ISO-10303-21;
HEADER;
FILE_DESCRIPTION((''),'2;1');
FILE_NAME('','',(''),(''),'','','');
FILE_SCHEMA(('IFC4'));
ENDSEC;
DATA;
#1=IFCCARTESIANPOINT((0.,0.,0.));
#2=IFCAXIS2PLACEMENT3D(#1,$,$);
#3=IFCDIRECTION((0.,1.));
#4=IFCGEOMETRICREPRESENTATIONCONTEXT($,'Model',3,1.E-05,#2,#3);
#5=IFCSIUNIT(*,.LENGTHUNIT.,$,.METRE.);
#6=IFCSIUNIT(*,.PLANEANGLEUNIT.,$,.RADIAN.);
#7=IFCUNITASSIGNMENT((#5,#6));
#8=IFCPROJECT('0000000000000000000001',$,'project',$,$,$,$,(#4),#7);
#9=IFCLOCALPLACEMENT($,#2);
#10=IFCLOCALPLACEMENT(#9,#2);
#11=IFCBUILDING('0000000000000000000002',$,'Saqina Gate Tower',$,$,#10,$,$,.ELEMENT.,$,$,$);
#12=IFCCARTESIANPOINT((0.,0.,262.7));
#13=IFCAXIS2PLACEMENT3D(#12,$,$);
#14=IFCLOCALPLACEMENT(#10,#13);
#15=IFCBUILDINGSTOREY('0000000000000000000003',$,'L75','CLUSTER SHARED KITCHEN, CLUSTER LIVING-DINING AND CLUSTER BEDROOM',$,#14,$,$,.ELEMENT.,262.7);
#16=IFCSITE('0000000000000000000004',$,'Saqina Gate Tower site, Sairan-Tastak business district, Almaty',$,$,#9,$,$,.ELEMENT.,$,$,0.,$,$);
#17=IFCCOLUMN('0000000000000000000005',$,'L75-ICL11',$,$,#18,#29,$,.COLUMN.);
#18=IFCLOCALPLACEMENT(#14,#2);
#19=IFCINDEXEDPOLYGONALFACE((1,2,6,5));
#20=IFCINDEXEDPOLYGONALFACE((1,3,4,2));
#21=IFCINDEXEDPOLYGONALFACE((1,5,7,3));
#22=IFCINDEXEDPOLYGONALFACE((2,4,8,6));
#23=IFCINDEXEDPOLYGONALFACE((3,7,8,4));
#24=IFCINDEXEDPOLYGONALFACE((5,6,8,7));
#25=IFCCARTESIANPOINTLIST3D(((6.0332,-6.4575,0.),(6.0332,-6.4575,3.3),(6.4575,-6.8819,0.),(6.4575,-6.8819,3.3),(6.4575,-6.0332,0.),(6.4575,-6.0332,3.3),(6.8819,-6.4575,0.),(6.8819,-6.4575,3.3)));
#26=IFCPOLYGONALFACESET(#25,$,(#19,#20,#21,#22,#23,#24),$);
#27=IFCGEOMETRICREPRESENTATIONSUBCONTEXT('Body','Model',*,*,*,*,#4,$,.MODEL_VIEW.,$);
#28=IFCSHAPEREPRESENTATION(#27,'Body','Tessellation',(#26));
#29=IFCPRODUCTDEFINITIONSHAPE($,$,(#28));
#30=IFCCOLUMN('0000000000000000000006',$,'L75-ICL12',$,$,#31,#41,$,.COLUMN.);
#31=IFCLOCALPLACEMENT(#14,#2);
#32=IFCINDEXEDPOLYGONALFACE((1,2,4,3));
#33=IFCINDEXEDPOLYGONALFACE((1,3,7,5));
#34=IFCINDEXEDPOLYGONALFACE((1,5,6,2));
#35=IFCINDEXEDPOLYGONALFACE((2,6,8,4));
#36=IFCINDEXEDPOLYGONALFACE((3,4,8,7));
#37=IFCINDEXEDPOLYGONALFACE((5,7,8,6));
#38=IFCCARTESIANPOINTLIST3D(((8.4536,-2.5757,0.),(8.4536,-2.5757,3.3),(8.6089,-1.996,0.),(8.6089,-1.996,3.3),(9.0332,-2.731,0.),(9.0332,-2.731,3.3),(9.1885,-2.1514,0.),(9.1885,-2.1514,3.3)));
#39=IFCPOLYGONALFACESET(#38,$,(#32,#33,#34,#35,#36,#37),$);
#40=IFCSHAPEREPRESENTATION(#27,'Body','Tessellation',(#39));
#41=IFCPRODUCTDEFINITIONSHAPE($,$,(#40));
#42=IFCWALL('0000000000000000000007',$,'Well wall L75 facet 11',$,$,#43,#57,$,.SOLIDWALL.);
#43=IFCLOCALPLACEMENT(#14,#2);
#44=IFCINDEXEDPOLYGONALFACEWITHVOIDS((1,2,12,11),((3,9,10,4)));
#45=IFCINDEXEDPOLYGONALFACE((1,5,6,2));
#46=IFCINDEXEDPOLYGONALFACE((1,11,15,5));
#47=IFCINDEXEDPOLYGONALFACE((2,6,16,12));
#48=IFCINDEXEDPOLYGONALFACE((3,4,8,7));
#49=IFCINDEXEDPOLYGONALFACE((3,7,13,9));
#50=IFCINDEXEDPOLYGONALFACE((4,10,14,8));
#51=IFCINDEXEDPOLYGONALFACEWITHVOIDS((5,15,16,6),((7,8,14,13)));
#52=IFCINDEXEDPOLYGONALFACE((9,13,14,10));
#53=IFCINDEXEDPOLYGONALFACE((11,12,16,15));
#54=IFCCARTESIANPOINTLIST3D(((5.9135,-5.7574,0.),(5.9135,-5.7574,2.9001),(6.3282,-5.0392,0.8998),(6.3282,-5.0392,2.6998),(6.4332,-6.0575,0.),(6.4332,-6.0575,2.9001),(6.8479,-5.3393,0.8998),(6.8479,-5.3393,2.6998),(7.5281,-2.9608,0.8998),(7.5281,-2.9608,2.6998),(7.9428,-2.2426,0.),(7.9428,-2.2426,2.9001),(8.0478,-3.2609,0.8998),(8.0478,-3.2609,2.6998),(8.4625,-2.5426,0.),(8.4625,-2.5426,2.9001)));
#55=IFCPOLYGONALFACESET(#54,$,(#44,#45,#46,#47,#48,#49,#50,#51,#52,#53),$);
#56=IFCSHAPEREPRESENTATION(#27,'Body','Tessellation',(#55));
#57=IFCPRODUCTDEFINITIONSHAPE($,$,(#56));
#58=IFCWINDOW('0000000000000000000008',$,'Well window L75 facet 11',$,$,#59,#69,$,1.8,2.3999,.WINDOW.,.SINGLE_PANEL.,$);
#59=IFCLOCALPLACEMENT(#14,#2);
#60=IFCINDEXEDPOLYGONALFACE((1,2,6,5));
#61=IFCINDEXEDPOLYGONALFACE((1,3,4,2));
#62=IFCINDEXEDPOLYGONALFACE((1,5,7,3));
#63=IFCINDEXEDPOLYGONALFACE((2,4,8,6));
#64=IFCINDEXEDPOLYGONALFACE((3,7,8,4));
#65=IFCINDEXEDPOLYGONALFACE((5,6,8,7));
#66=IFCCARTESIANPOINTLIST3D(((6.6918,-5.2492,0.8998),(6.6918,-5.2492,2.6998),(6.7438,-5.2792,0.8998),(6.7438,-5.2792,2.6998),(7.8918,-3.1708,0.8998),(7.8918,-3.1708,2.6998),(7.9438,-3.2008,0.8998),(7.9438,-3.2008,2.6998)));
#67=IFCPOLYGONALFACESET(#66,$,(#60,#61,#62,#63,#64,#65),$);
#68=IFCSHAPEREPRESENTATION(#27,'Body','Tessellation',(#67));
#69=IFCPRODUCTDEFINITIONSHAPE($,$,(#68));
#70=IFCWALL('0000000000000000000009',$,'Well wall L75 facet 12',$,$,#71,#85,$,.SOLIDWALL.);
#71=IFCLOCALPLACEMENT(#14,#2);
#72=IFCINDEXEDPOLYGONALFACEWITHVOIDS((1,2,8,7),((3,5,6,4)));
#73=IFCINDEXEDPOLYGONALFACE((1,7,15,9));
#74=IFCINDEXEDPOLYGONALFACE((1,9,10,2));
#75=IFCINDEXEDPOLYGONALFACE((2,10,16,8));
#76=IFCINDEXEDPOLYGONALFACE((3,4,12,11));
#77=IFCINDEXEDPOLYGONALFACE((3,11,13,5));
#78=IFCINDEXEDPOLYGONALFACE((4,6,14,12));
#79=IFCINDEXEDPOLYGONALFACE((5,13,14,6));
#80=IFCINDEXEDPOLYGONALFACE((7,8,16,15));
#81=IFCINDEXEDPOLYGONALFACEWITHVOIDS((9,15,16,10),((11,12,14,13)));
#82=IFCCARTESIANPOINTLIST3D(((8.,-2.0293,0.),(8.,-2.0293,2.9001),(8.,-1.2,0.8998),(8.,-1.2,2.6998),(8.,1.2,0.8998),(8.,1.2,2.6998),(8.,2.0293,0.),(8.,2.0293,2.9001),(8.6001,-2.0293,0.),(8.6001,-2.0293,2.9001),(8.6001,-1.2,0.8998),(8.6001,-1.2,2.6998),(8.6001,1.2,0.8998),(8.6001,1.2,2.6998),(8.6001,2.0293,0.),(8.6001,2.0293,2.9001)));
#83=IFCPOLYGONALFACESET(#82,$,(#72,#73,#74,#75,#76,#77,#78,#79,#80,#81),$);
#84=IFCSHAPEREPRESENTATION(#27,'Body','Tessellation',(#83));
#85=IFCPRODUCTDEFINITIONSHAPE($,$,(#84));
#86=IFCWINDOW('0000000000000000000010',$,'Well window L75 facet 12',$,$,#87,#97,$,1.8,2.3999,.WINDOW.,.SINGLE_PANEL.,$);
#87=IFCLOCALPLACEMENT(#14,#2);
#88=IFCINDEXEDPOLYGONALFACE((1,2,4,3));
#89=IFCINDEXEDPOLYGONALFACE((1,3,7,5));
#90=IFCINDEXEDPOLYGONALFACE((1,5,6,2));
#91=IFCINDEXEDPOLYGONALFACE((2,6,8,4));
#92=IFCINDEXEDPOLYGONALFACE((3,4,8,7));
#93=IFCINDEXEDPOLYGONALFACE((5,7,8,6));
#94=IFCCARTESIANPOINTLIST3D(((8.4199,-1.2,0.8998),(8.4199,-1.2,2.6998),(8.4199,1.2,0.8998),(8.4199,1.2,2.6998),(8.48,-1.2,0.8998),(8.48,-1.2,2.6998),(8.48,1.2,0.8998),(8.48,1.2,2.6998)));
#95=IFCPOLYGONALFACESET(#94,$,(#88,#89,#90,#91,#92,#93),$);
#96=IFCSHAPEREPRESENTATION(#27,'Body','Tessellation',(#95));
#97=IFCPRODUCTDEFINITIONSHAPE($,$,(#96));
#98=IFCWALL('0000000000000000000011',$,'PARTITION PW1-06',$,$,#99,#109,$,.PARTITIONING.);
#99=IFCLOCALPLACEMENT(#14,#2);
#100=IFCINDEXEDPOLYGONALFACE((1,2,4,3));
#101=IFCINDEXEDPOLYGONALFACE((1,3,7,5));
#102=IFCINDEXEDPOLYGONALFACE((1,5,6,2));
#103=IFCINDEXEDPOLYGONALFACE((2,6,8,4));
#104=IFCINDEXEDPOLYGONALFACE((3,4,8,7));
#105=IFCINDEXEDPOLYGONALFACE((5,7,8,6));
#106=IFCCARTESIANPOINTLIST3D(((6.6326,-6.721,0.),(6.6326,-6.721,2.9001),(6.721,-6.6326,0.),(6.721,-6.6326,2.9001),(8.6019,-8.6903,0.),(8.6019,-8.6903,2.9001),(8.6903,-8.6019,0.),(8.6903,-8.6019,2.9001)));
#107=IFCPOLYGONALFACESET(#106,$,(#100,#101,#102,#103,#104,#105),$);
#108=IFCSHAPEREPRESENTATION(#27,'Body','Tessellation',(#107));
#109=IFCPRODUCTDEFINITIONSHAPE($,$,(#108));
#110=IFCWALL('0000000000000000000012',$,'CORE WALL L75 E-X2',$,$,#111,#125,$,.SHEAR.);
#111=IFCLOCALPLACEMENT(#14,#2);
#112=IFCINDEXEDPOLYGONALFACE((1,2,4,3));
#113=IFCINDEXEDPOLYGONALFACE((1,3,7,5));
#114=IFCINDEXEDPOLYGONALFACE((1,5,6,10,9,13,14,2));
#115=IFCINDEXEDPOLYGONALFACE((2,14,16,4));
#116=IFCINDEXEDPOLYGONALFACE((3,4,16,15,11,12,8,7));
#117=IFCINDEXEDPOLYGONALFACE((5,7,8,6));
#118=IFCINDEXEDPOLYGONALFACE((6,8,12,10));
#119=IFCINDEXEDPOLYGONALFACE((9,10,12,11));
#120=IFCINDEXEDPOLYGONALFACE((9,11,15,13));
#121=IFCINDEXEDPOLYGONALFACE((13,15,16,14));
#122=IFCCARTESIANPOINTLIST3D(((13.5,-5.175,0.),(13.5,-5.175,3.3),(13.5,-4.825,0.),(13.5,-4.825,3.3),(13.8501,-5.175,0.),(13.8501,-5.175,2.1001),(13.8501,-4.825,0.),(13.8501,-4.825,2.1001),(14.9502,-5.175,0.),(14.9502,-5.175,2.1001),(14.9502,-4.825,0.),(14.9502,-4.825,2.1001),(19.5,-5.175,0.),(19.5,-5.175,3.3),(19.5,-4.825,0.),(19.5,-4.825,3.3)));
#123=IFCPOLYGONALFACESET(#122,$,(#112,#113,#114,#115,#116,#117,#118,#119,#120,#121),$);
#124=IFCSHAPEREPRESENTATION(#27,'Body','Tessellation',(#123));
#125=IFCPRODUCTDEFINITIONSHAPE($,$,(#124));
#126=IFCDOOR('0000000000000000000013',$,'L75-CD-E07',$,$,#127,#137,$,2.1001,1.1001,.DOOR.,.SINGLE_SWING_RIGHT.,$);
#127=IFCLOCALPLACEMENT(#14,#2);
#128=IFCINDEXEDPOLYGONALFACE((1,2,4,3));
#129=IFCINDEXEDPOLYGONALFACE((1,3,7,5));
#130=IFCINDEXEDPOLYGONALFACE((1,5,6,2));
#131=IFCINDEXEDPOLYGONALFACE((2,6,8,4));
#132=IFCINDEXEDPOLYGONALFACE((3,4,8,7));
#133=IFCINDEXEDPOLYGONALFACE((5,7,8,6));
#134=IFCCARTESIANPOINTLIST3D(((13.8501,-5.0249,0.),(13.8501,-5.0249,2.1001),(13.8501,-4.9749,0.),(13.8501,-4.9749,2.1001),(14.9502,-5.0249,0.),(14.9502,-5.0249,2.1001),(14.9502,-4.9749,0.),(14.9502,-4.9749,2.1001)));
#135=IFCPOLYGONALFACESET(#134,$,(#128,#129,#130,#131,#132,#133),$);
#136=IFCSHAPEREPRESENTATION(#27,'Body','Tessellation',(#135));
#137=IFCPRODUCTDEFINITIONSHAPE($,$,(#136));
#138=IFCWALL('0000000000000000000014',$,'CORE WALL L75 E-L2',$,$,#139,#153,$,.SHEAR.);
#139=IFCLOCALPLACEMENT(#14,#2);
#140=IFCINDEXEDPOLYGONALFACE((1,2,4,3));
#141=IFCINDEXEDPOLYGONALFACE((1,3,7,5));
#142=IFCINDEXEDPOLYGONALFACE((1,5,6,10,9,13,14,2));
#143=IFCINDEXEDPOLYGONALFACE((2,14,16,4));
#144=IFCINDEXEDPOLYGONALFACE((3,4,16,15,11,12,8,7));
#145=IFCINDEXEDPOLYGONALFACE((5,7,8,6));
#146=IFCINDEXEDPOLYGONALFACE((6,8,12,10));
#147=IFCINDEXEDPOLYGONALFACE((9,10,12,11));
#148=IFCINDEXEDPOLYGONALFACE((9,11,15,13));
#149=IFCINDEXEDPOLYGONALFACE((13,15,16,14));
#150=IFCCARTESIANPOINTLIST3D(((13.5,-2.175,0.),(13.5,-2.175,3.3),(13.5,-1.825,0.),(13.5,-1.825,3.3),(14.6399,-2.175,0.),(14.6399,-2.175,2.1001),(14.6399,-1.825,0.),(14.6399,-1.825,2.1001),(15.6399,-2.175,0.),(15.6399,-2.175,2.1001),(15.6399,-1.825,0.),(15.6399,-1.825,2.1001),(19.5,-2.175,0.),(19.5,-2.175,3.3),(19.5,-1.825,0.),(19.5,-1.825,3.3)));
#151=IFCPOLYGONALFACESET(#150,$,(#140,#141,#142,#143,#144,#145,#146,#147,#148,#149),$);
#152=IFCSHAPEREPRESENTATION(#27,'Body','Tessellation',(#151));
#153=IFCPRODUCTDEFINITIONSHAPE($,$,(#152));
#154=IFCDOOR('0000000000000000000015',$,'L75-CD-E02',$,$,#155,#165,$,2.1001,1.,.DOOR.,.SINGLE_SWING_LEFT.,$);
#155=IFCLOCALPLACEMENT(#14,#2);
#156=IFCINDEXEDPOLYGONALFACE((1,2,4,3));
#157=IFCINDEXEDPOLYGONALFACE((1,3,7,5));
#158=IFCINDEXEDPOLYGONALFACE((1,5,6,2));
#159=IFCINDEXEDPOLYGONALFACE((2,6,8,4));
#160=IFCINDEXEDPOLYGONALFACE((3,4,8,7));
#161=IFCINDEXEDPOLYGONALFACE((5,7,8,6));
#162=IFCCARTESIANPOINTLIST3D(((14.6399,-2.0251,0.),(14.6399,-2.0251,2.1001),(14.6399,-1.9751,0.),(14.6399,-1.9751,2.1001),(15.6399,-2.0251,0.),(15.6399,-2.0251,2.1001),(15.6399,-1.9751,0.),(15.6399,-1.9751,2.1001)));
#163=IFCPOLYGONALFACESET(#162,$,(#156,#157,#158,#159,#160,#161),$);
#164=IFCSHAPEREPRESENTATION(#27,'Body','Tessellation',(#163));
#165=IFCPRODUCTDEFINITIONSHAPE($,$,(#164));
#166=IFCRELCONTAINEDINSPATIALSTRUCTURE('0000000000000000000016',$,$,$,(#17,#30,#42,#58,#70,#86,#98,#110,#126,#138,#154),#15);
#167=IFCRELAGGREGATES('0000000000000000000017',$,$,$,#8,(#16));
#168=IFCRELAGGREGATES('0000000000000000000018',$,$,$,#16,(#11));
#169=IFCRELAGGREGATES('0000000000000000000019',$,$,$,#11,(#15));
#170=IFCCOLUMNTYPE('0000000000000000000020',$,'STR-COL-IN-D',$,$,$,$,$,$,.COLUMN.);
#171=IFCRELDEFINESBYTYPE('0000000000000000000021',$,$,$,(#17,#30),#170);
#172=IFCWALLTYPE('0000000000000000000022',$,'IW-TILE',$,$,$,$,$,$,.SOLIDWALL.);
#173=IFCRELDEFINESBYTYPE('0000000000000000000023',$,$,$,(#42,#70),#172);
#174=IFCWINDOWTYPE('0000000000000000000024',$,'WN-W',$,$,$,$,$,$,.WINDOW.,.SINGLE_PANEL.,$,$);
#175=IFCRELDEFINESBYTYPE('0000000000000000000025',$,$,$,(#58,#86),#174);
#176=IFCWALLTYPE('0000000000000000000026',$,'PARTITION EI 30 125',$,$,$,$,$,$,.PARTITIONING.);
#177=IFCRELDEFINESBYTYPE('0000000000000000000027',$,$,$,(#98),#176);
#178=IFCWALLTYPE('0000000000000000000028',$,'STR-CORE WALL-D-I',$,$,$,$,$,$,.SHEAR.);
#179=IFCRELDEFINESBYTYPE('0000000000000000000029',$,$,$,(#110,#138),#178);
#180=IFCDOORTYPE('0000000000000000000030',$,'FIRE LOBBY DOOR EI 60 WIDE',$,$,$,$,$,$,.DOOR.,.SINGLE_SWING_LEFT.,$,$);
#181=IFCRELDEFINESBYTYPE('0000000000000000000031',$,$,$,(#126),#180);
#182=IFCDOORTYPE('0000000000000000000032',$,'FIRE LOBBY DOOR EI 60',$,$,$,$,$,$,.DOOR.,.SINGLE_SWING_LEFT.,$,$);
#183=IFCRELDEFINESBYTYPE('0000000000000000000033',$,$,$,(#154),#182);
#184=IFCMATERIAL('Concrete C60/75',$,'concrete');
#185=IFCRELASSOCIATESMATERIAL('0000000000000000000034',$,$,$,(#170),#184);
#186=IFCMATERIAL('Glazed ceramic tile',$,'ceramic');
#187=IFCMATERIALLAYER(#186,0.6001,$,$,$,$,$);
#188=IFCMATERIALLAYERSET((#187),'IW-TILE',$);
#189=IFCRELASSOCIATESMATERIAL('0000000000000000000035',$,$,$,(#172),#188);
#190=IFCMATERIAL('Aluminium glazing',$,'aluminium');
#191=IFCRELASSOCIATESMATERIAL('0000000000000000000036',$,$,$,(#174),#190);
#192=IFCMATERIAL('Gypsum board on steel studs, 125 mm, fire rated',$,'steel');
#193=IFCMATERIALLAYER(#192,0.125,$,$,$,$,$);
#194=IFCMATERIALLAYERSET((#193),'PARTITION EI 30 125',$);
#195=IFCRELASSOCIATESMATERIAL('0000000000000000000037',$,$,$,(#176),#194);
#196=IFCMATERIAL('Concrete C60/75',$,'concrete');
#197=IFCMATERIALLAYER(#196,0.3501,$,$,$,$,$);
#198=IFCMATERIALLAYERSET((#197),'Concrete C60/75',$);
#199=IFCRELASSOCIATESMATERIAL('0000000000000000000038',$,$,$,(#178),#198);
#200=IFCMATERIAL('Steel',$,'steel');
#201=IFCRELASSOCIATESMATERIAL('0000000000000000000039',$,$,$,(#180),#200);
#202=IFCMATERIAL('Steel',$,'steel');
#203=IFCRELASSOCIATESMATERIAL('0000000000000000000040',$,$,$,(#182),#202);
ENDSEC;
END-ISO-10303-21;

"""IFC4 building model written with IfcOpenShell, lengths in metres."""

from ifc_helpers import new_model, si_unit, direction, frame, frame_2d, origin, origin_2d, place, context, subcontext, project, spatial, rectangle, extrude, material, layer, layer_set, material_profile, profile_set, type_object, element, fill, save


model = new_model("IFC4")

# Units and contexts
model_context = context("Model", 3, precision=1e-05, world=origin(), true_north=direction((0.0, 1.0)))
body_context = subcontext(model_context, "Body", "Model", "MODEL_VIEW")
ifc_project = project(units=[si_unit("LENGTHUNIT", "METRE"), si_unit("PLANEANGLEUNIT", "RADIAN")], contexts=[model_context])

# Site, building, storey
site_placement = place(None, origin())
site = spatial("IfcSite", under=ifc_project, at=site_placement, Name="Saqina Gate Tower site, Sairan-Tastak business district, Almaty", CompositionType="ELEMENT", RefElevation=0.0)
building_placement = place(site_placement, origin())
building = spatial("IfcBuilding", under=site, at=building_placement, Name="Saqina Gate Tower", CompositionType="ELEMENT")
storey_placement = place(building_placement, frame((0.0, 0.0, 262.7)))
storey = spatial("IfcBuildingStorey", under=building, at=storey_placement, Name="L75", Description="CLUSTER SHARED KITCHEN, CLUSTER LIVING-DINING AND CLUSTER BEDROOM", CompositionType="ELEMENT", Elevation=262.7)

# Columns
ifc_material_1 = material(Name="Concrete C60/75", Category="concrete")
ifc_material_profile = material_profile(ifc_material_1, rectangle(XDim=0.6001, YDim=0.6001, at=origin_2d()), Name="RC 600x600")
ifc_profile_set = profile_set([ifc_material_profile], Name="Concrete C60/75")
column_type = type_object("IfcColumnType", Name="STR-COL-IN-D", PredefinedType="COLUMN", material=ifc_profile_set)
for number, where, z_axis, x_axis, name in (
    (1, (6.4575, -6.4575, 0.0), (0.0, 0.0, 1.0), (0.707107, -0.707107, 0.0), "L75-ICL11"),
    (2, (8.821, -2.3635, 0.0), (0.0, 0.0, 1.0), (0.965926, -0.258819, 0.0), "L75-ICL12"),
):
    element("IfcColumn", number, at=place(storey_placement, frame(where, z_axis=z_axis, x_axis=x_axis)), inside=storey, type_object=column_type, Name=name, PredefinedType="COLUMN", context=body_context, shape_type="SweptSolid", body=[
        extrude(rectangle(XDim=0.6001, YDim=0.6001, at=origin_2d()), origin(), (0.0, 0.0, 1.0), 3.3),
    ])

# Walls, openings, windows
ifc_material_2 = material(Name="Glazed ceramic tile", Category="ceramic")
ifc_layer_1 = layer(ifc_material_2, 0.6001)
ifc_layer_set_1 = layer_set([ifc_layer_1], Name="IW-TILE")
wall_type_1 = type_object("IfcWallType", Name="IW-TILE", PredefinedType="SOLIDWALL", material=ifc_layer_set_1)
wall_1_placement = place(storey_placement, frame((6.1733, -5.9075, 0.0), z_axis=(0.0, 0.0, 1.0), x_axis=(0.499995, 0.866028, 0.0)))
wall_1 = element("IfcWall", 3, at=wall_1_placement, inside=storey, type_object=wall_type_1, Name="Well wall L75 facet 11", PredefinedType="SOLIDWALL", context=body_context, shape_type="SweptSolid", body=[
    extrude(rectangle(XDim=4.0586, YDim=0.6001, at=frame_2d((2.0293, 0.0))), origin(), (0.0, 0.0, 1.0), 2.9001),
])
opening_1_placement = place(wall_1_placement, frame((0.8293, 0.0, 0.8999)))
opening_1 = element("IfcOpeningElement", 4, at=opening_1_placement, cuts=wall_1, PredefinedType="OPENING", context=body_context, shape_type="SweptSolid", body=[
    extrude(rectangle(XDim=2.3999, YDim=1.8, at=frame_2d((1.2, 0.8999))), frame((0.0, 0.312, 0.0), z_axis=(0.0, -1.0, 0.0), x_axis=(1.0, 0.0, 0.0)), (0.0, 0.0, 1.0), 0.624),
])
ifc_material_3 = material(Name="Aluminium glazing", Category="aluminium")
window_type = type_object("IfcWindowType", Name="WN-W", PartitioningType="SINGLE_PANEL", PredefinedType="WINDOW", material=ifc_material_3)
window_1_placement = place(opening_1_placement, origin())
window_1 = element("IfcWindow", 5, at=window_1_placement, inside=storey, type_object=window_type, Name="Well window L75 facet 11", OverallHeight=1.8, OverallWidth=2.3999, PartitioningType="SINGLE_PANEL", PredefinedType="WINDOW", context=body_context, shape_type="SweptSolid", body=[
    extrude(rectangle(XDim=2.3999, YDim=1.8, at=frame_2d((1.2, 0.8999))), frame((0.0, -0.1199, 0.0), z_axis=(0.0, -1.0, 0.0), x_axis=(1.0, 0.0, 0.0)), (0.0, 0.0, 1.0), 0.0601),
])
fill(opening_1, window_1)
wall_2_placement = place(storey_placement, frame((8.3, -2.0293, 0.0), z_axis=(0.0, 0.0, 1.0), x_axis=(0.0, 1.0, 0.0)))
wall_2 = element("IfcWall", 6, at=wall_2_placement, inside=storey, type_object=wall_type_1, Name="Well wall L75 facet 12", PredefinedType="SOLIDWALL", context=body_context, shape_type="SweptSolid", body=[
    extrude(rectangle(XDim=4.0586, YDim=0.6001, at=frame_2d((2.0293, 0.0))), origin(), (0.0, 0.0, 1.0), 2.9001),
])
opening_2_placement = place(wall_2_placement, frame((0.8293, 0.0, 0.8999)))
opening_2 = element("IfcOpeningElement", 7, at=opening_2_placement, cuts=wall_2, PredefinedType="OPENING", context=body_context, shape_type="SweptSolid", body=[
    extrude(rectangle(XDim=2.3999, YDim=1.8, at=frame_2d((1.2, 0.8999))), frame((0.0, 0.312, 0.0), z_axis=(0.0, -1.0, 0.0), x_axis=(1.0, 0.0, 0.0)), (0.0, 0.0, 1.0), 0.624),
])
window_2_placement = place(opening_2_placement, origin())
window_2 = element("IfcWindow", 8, at=window_2_placement, inside=storey, type_object=window_type, Name="Well window L75 facet 12", OverallHeight=1.8, OverallWidth=2.3999, PartitioningType="SINGLE_PANEL", PredefinedType="WINDOW", context=body_context, shape_type="SweptSolid", body=[
    extrude(rectangle(XDim=2.3999, YDim=1.8, at=frame_2d((1.2, 0.8999))), frame((0.0, -0.1199, 0.0), z_axis=(0.0, -1.0, 0.0), x_axis=(1.0, 0.0, 0.0)), (0.0, 0.0, 1.0), 0.0601),
])
fill(opening_2, window_2)

# Wall
ifc_material_4 = material(Name="Gypsum board on steel studs, 125 mm, fire rated", Category="steel")
ifc_layer_2 = layer(ifc_material_4, 0.125)
ifc_layer_set_2 = layer_set([ifc_layer_2], Name="PARTITION EI 30 125")
wall_type_2 = type_object("IfcWallType", Name="PARTITION EI 30 125", PredefinedType="PARTITIONING", material=ifc_layer_set_2)
wall_3_placement = place(storey_placement, frame((6.6768, -6.6768, 0.0), z_axis=(0.0, 0.0, 1.0), x_axis=(0.707107, -0.707107, 0.0)))
element("IfcWall", 9, at=wall_3_placement, inside=storey, type_object=wall_type_2, Name="PARTITION PW1-06", PredefinedType="PARTITIONING", context=body_context, shape_type="SweptSolid", body=[
    extrude(rectangle(XDim=2.7849, YDim=0.125, at=frame_2d((1.3926, 0.0))), origin(), (0.0, 0.0, 1.0), 2.9001),
])

# Walls, openings, doors
ifc_material_5 = material(Name="Concrete C60/75", Category="concrete")
ifc_layer_3 = layer(ifc_material_5, 0.3501)
ifc_layer_set_3 = layer_set([ifc_layer_3], Name="Concrete C60/75")
wall_type_3 = type_object("IfcWallType", Name="STR-CORE WALL-D-I", PredefinedType="SHEAR", material=ifc_layer_set_3)
wall_4_placement = place(storey_placement, frame((13.5, -5.0, 0.0), z_axis=(0.0, 0.0, 1.0), x_axis=(1.0, 0.0, 0.0)))
wall_4 = element("IfcWall", 10, at=wall_4_placement, inside=storey, type_object=wall_type_3, Name="CORE WALL L75 E-X2", PredefinedType="SHEAR", context=body_context, shape_type="SweptSolid", body=[
    extrude(rectangle(XDim=6.0, YDim=0.3501, at=frame_2d((3.0, 0.0))), origin(), (0.0, 0.0, 1.0), 3.3),
])
opening_3_placement = place(wall_4_placement, frame((0.3501, 0.0, 0.0)))
opening_3 = element("IfcOpeningElement", 11, at=opening_3_placement, cuts=wall_4, PredefinedType="OPENING", context=body_context, shape_type="SweptSolid", body=[
    extrude(rectangle(XDim=1.1001, YDim=2.1001, at=frame_2d((0.55, 1.05))), frame((0.0, 0.187, 0.0), z_axis=(0.0, -1.0, 0.0), x_axis=(1.0, 0.0, 0.0)), (0.0, 0.0, 1.0), 0.374),
])
ifc_material_6 = material(Name="Steel", Category="steel")
door_type_1 = type_object("IfcDoorType", Name="FIRE LOBBY DOOR EI 60 WIDE", OperationType="SINGLE_SWING_LEFT", PredefinedType="DOOR", material=ifc_material_6)
door_1_placement = place(opening_3_placement, frame((1.1001, 0.0, 0.0), z_axis=(0.0, 0.0, 1.0), x_axis=(-1.0, 0.0, 0.0)))
door_1 = element("IfcDoor", 12, at=door_1_placement, inside=storey, type_object=door_type_1, Name="L75-CD-E07", OperationType="SINGLE_SWING_RIGHT", OverallHeight=2.1001, OverallWidth=1.1001, PredefinedType="DOOR", context=body_context, shape_type="SweptSolid", body=[
    extrude(rectangle(XDim=1.1001, YDim=2.1001, at=frame_2d((0.55, 1.05))), frame((0.0, 0.0249, 0.0), z_axis=(0.0, -1.0, 0.0), x_axis=(1.0, 0.0, 0.0)), (0.0, 0.0, 1.0), 0.05),
])
fill(opening_3, door_1)
wall_5_placement = place(storey_placement, frame((13.5, -2.0, 0.0), z_axis=(0.0, 0.0, 1.0), x_axis=(1.0, 0.0, 0.0)))
wall_5 = element("IfcWall", 13, at=wall_5_placement, inside=storey, type_object=wall_type_3, Name="CORE WALL L75 E-L2", PredefinedType="SHEAR", context=body_context, shape_type="SweptSolid", body=[
    extrude(rectangle(XDim=6.0, YDim=0.3501, at=frame_2d((3.0, 0.0))), origin(), (0.0, 0.0, 1.0), 3.3),
])
opening_4_placement = place(wall_5_placement, frame((1.1399, 0.0, 0.0)))
opening_4 = element("IfcOpeningElement", 14, at=opening_4_placement, cuts=wall_5, PredefinedType="OPENING", context=body_context, shape_type="SweptSolid", body=[
    extrude(rectangle(XDim=1.0, YDim=2.1001, at=frame_2d((0.5, 1.05))), frame((0.0, 0.187, 0.0), z_axis=(0.0, -1.0, 0.0), x_axis=(1.0, 0.0, 0.0)), (0.0, 0.0, 1.0), 0.374),
])
ifc_material_7 = material(Name="Steel", Category="steel")
door_type_2 = type_object("IfcDoorType", Name="FIRE LOBBY DOOR EI 60", OperationType="SINGLE_SWING_LEFT", PredefinedType="DOOR", material=ifc_material_7)
door_2_placement = place(opening_4_placement, origin())
door_2 = element("IfcDoor", 15, at=door_2_placement, inside=storey, type_object=door_type_2, Name="L75-CD-E02", OperationType="SINGLE_SWING_LEFT", OverallHeight=2.1001, OverallWidth=1.0, PredefinedType="DOOR", context=body_context, shape_type="SweptSolid", body=[
    extrude(rectangle(XDim=1.0, YDim=2.1001, at=frame_2d((0.5, 1.05))), frame((0.0, 0.0249, 0.0), z_axis=(0.0, -1.0, 0.0), x_axis=(1.0, 0.0, 0.0)), (0.0, 0.0, 1.0), 0.05),
])
fill(opening_4, door_2)

save(model, "model.ifc")
